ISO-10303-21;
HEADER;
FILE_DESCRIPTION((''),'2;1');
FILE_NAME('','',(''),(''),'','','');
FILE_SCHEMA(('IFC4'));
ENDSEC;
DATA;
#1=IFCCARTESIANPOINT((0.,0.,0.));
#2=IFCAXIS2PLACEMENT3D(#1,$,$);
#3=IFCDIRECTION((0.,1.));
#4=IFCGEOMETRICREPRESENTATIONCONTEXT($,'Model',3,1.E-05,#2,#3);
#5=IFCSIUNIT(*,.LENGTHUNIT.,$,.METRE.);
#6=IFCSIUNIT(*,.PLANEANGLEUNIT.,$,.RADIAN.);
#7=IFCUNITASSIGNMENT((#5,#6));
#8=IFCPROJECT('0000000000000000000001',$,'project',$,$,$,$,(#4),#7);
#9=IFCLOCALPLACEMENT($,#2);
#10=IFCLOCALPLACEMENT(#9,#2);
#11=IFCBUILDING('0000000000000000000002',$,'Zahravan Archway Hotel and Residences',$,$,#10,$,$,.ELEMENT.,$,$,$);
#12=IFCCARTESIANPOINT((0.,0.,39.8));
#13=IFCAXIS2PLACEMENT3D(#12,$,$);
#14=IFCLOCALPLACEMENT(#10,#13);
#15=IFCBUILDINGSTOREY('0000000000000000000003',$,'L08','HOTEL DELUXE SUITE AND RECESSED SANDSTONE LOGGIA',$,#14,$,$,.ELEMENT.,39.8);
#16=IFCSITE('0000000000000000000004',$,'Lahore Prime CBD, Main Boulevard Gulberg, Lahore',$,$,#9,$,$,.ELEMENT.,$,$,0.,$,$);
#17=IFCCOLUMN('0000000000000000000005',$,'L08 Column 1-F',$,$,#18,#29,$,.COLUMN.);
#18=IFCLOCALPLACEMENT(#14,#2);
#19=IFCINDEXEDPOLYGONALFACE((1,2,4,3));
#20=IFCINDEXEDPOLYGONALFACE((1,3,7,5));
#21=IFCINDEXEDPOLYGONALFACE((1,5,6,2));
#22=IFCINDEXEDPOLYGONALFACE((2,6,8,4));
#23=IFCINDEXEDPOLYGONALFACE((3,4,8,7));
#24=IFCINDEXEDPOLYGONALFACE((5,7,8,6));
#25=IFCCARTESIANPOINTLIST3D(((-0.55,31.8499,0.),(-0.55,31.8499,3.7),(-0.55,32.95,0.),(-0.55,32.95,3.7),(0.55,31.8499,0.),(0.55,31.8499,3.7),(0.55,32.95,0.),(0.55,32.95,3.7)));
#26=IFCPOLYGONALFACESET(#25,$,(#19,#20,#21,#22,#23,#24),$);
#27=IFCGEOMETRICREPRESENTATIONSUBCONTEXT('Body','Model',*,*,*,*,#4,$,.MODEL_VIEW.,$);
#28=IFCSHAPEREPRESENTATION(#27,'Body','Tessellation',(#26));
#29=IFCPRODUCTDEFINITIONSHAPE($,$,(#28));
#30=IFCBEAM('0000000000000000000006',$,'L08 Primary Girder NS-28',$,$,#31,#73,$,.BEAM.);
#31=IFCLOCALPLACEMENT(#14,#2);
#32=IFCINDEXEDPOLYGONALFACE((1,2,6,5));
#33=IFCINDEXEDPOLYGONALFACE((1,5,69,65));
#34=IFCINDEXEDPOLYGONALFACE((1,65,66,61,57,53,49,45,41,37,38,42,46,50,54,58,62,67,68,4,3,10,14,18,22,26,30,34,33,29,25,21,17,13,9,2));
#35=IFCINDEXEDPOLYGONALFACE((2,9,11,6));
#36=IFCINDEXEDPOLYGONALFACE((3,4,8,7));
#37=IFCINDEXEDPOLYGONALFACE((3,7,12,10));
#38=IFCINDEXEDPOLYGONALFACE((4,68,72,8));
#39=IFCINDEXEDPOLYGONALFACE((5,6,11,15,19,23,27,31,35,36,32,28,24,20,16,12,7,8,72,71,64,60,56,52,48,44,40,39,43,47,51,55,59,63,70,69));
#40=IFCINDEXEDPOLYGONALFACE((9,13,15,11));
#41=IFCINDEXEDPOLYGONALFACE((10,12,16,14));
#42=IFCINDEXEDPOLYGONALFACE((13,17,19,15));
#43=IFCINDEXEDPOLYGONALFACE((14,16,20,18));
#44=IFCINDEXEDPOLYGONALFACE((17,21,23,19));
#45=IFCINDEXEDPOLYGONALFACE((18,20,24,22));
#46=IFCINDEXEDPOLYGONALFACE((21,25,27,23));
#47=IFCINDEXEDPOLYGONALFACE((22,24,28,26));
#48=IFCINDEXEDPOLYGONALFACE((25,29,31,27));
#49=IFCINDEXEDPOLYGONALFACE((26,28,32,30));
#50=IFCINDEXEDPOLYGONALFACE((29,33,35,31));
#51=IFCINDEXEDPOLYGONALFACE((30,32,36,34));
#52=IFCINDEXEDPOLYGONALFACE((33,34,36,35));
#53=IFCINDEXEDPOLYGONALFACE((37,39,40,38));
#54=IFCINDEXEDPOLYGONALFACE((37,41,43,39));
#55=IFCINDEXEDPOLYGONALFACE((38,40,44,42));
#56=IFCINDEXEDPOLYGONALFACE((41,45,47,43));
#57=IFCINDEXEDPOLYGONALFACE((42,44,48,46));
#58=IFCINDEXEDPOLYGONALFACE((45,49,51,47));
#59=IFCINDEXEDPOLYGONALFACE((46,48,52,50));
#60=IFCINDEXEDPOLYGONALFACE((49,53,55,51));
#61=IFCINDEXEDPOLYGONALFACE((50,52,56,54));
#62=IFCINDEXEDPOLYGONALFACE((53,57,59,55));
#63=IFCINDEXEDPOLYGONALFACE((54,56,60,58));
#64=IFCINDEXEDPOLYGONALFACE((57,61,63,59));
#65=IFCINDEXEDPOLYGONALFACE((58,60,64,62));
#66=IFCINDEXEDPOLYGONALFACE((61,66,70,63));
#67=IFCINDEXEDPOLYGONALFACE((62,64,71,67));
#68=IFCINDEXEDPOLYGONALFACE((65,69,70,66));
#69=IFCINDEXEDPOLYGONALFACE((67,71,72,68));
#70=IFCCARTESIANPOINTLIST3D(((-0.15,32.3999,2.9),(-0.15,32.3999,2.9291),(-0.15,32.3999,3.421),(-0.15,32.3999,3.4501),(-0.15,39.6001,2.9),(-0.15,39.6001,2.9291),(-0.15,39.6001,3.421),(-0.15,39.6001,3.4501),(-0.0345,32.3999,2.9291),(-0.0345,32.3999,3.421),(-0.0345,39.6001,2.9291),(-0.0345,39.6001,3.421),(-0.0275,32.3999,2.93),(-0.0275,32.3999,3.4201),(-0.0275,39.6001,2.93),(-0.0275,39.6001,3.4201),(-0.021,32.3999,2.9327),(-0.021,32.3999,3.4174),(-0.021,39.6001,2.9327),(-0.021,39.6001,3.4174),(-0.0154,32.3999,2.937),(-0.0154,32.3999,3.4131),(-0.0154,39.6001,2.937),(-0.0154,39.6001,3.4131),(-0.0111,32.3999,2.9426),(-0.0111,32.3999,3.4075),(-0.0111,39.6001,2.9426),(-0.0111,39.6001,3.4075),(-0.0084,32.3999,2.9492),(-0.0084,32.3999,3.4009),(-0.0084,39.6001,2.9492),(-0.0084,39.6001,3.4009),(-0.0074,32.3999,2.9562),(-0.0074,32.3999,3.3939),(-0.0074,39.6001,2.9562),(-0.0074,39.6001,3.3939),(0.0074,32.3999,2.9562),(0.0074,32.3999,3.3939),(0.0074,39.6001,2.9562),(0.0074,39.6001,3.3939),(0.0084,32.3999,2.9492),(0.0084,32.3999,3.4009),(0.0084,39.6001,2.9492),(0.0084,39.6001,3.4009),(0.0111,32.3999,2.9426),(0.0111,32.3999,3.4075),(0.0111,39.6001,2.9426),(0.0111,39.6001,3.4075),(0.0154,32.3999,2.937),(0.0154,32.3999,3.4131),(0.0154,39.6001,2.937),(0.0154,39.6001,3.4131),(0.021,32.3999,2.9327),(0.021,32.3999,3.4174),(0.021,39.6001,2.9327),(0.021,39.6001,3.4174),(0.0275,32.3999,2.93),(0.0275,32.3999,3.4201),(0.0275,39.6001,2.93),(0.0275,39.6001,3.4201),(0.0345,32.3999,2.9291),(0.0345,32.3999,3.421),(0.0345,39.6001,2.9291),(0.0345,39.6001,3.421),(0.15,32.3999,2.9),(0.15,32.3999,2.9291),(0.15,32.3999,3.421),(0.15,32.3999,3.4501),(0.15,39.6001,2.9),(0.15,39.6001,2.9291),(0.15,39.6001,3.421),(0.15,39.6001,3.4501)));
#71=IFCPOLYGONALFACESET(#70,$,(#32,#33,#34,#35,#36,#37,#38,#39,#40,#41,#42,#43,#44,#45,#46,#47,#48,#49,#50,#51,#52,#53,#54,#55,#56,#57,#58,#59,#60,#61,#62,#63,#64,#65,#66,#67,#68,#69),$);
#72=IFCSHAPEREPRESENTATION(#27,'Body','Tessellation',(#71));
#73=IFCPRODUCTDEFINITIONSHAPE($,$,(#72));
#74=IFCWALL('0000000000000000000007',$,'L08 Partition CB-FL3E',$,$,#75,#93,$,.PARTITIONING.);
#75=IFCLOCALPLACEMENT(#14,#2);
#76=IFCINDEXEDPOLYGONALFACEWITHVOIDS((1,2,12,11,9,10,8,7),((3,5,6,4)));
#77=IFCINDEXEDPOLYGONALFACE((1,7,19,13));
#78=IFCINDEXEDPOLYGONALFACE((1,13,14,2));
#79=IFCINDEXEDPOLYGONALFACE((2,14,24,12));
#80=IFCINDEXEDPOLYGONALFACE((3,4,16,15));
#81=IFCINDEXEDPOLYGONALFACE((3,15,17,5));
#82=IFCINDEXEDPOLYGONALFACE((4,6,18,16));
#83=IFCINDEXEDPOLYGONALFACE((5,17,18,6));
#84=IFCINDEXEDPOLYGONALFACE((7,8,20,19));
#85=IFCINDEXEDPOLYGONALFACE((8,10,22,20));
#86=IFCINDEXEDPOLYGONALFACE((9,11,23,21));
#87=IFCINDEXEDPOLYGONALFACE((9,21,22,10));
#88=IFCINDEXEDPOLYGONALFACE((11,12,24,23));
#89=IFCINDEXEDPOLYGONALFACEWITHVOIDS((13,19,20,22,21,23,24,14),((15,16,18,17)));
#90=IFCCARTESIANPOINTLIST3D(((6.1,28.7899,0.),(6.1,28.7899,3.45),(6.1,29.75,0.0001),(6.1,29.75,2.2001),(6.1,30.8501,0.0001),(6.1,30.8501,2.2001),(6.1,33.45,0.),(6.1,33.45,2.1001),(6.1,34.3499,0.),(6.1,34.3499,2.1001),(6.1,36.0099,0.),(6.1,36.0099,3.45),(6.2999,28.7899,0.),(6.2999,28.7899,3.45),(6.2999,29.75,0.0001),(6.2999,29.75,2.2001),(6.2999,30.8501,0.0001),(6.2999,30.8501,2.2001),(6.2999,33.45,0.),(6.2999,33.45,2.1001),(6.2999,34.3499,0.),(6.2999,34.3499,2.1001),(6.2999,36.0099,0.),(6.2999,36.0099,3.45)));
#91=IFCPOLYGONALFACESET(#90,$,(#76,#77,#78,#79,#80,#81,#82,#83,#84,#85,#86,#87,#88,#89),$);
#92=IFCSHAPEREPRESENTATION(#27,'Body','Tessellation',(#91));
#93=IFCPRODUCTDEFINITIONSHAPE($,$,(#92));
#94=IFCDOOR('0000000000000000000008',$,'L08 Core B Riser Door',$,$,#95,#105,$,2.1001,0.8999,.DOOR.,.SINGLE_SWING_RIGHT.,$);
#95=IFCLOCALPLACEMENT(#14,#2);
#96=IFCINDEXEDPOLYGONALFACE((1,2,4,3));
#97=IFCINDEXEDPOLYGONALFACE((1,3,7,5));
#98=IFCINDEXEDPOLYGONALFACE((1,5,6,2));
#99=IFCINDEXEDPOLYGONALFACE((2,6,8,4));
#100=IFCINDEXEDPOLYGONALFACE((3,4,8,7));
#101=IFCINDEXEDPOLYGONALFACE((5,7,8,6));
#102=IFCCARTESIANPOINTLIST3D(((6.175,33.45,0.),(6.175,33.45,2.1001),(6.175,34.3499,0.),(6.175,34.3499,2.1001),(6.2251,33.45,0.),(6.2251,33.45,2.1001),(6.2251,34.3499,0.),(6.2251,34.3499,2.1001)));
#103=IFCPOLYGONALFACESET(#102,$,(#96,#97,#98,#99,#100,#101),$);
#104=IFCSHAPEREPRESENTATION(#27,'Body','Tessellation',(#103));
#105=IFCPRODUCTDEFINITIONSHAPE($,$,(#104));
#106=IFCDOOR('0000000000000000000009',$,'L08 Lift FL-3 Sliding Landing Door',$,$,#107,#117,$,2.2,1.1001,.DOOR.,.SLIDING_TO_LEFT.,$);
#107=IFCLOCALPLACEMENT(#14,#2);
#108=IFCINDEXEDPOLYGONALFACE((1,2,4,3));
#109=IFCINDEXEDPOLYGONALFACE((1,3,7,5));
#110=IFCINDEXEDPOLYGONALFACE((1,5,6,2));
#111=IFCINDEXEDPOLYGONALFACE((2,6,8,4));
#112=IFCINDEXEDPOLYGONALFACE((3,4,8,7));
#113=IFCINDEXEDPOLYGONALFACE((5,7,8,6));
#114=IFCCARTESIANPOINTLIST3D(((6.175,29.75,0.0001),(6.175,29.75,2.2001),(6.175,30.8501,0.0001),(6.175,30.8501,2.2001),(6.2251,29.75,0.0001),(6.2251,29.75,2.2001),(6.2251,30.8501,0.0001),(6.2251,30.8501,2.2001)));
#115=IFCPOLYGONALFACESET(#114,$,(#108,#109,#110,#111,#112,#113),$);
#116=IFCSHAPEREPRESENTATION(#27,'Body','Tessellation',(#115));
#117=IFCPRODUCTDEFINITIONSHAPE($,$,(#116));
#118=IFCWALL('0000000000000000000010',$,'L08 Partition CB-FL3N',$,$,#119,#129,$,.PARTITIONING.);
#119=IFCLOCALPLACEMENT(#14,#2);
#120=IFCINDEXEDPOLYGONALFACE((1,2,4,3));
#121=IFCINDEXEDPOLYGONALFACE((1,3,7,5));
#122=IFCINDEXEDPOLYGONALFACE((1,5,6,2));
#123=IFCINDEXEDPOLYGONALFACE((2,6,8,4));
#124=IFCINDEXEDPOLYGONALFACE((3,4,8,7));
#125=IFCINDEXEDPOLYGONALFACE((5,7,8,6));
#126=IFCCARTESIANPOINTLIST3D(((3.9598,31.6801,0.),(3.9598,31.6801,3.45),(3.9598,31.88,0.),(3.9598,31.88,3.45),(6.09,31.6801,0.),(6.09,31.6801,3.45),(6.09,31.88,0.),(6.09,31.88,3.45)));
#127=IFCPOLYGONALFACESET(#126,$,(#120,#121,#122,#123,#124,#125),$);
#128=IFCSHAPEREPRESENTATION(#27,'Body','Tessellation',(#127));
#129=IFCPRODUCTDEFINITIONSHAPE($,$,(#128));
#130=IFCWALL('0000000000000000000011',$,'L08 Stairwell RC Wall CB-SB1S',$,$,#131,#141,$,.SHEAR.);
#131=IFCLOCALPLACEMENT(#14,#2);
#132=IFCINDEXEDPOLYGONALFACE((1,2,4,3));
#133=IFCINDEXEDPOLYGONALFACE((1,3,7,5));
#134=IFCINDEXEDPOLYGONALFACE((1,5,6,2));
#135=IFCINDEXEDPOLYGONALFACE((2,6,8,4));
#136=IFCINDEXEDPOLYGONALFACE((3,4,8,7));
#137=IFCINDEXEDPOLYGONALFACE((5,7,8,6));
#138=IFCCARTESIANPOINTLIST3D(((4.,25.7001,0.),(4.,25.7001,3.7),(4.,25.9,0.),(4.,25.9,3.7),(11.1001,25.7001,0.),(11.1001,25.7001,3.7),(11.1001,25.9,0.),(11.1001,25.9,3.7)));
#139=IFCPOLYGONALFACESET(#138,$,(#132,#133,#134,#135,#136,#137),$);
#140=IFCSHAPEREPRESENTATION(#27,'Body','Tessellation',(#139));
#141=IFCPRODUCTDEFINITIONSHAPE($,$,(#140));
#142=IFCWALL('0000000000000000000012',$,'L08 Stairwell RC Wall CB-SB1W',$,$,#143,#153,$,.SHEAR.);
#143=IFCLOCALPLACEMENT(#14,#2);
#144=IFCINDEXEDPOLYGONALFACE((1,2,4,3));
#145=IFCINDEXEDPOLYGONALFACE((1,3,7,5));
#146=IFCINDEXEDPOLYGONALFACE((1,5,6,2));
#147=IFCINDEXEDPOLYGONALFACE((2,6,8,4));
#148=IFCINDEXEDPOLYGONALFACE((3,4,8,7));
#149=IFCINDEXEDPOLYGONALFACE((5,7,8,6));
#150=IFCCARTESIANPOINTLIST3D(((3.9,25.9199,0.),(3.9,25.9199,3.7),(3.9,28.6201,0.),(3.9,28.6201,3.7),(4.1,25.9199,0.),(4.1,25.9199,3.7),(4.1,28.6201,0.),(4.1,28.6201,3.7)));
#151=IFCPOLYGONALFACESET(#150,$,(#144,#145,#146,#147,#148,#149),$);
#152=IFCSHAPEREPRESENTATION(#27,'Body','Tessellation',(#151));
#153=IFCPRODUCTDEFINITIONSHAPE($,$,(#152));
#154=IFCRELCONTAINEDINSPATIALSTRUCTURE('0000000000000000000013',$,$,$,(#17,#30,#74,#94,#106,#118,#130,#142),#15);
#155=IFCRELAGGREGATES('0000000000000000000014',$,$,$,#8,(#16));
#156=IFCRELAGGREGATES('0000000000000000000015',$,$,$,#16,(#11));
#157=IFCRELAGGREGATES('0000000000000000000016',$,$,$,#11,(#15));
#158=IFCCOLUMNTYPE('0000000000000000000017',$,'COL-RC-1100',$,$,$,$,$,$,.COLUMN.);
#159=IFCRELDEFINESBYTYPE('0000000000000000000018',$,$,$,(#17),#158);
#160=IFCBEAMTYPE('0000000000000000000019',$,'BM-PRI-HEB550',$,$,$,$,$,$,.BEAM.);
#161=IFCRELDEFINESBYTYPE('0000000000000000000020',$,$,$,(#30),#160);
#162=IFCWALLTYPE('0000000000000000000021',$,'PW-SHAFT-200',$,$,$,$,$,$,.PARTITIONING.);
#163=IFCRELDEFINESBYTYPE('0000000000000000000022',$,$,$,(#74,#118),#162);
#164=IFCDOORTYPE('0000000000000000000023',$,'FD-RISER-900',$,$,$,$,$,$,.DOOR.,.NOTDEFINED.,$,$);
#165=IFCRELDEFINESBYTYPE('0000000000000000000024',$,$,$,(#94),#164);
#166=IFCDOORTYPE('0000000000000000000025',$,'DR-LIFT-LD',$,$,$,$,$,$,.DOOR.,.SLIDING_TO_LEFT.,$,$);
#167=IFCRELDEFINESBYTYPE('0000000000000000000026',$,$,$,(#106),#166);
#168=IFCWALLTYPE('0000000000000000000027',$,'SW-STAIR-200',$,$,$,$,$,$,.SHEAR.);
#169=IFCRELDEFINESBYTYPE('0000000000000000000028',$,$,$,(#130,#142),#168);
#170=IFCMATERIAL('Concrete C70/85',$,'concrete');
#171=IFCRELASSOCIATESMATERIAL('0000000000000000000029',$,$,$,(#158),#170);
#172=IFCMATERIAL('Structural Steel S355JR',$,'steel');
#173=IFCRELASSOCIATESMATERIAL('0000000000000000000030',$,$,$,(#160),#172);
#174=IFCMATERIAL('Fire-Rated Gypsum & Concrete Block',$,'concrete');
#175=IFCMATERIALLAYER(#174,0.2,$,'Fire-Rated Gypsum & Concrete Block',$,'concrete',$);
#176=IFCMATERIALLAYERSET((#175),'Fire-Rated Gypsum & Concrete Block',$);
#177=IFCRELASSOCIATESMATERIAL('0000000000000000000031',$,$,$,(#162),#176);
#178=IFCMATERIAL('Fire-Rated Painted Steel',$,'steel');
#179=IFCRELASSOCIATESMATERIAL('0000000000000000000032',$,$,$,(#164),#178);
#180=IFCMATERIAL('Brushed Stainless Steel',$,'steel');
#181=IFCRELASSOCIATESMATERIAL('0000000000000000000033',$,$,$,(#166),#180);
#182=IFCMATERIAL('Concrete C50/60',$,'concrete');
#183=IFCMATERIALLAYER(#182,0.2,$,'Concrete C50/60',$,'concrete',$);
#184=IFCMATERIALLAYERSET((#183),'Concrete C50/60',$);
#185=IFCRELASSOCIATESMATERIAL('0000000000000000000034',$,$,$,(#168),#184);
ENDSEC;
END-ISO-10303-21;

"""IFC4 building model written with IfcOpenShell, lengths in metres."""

from ifc_helpers import new_model, si_unit, direction, frame, frame_2d, origin, origin_2d, place, context, subcontext, project, spatial, rectangle, i_section, extrude, source, transform, mapped, material, layer, layer_set, material_profile, profile_set, type_object, type_shapes, element, fill, save


model = new_model("IFC4")

# Units and contexts
model_context = context("Model", 3, precision=1e-05, world=origin(), true_north=direction((0.0, 1.0)))
body_context = subcontext(model_context, "Body", "Model", "MODEL_VIEW")
ifc_project = project(units=[si_unit("LENGTHUNIT", "METRE"), si_unit("PLANEANGLEUNIT", "RADIAN")], contexts=[model_context])

# Site, building, storey
site_placement = place(None, origin())
site = spatial("IfcSite", under=ifc_project, at=site_placement, Name="Lahore Prime CBD, Main Boulevard Gulberg, Lahore", CompositionType="ELEMENT", RefElevation=0.0)
building_placement = place(site_placement, origin())
building = spatial("IfcBuilding", under=site, at=building_placement, Name="Zahravan Archway Hotel and Residences", CompositionType="ELEMENT")
storey_placement = place(building_placement, frame((0.0, 0.0, 39.8)))
storey = spatial("IfcBuildingStorey", under=building, at=storey_placement, Name="L08", Description="HOTEL DELUXE SUITE AND RECESSED SANDSTONE LOGGIA", CompositionType="ELEMENT", Elevation=39.8)

# Column
ifc_material_1 = material(Name="Concrete C70/85", Category="concrete")
ifc_material_profile_1 = material_profile(ifc_material_1, rectangle(XDim=1.1001, YDim=1.1001, at=origin_2d()), Name="RC 1100x1100", Category="concrete")
ifc_profile_set_1 = profile_set([ifc_material_profile_1], Name="Concrete C70/85")
column_type = type_object("IfcColumnType", Name="COL-RC-1100", PredefinedType="COLUMN", material=ifc_profile_set_1)
shared_shape_1 = source(origin(), body_context, "Body", "SweptSolid", [
    extrude(rectangle(XDim=1.1001, YDim=1.1001, at=origin_2d()), origin(), (0.0, 0.0, 1.0), 3.7),
])
column_placement = place(storey_placement, frame((0.0, 32.3999, 0.0), z_axis=(0.0, 0.0, 1.0), x_axis=(1.0, 0.0, 0.0)))
element("IfcColumn", 1, at=column_placement, inside=storey, type_object=column_type, Name="L08 Column 1-F", PredefinedType="COLUMN", context=body_context, shape_type="MappedRepresentation", body=[
    mapped(shared_shape_1, transform((0.0, 0.0, 0.0), scale=1.0)),
])

# Beam
ifc_material_2 = material(Name="Structural Steel S355JR", Category="steel")
ifc_material_profile_2 = material_profile(ifc_material_2, i_section(OverallWidth=0.3, OverallDepth=0.55, WebThickness=0.0149, FlangeThickness=0.0291, FilletRadius=0.0271, at=origin_2d()), Name="HEB 550", Category="steel")
ifc_profile_set_2 = profile_set([ifc_material_profile_2], Name="Structural Steel S355JR")
beam_type = type_object("IfcBeamType", Name="BM-PRI-HEB550", PredefinedType="BEAM", material=ifc_profile_set_2)
shared_shape_2 = source(origin(), body_context, "Body", "SweptSolid", [
    extrude(i_section(OverallWidth=0.3, OverallDepth=0.55, WebThickness=0.0149, FlangeThickness=0.0291, FilletRadius=0.0271, at=origin_2d()), origin(), (0.0, 0.0, 1.0), 7.2002),
])
type_shapes(beam_type, [shared_shape_2])
beam_placement = place(storey_placement, frame((0.0, 32.3999, 3.175), z_axis=(0.0, 1.0, 0.0), x_axis=(-1.0, 0.0, 0.0)))
element("IfcBeam", 2, at=beam_placement, inside=storey, type_object=beam_type, Name="L08 Primary Girder NS-28", PredefinedType="BEAM", context=body_context, shape_type="MappedRepresentation", body=[
    mapped(shared_shape_2, transform((0.0, 0.0, 0.0), scale=1.0)),
])

# Wall, openings, doors
ifc_material_3 = material(Name="Fire-Rated Gypsum & Concrete Block", Category="concrete")
ifc_layer_1 = layer(ifc_material_3, 0.2, Name="Fire-Rated Gypsum & Concrete Block", Category="concrete")
ifc_layer_set_1 = layer_set([ifc_layer_1], Name="Fire-Rated Gypsum & Concrete Block")
wall_type_1 = type_object("IfcWallType", Name="PW-SHAFT-200", PredefinedType="PARTITIONING", material=ifc_layer_set_1)
wall_1_placement = place(storey_placement, frame((6.2, 28.79, 0.0), z_axis=(0.0, 0.0, 1.0), x_axis=(0.0, 1.0, 0.0)))
wall_1 = element("IfcWall", 3, at=wall_1_placement, inside=storey, type_object=wall_type_1, Name="L08 Partition CB-FL3E", PredefinedType="PARTITIONING", context=body_context, shape_type="SweptSolid", body=[
    extrude(rectangle(XDim=7.22, YDim=0.2, at=frame_2d((3.6099, 0.0))), origin(), (0.0, 0.0, 1.0), 3.45),
])
opening_1_placement = place(wall_1_placement, frame((4.6599, 0.0, 0.0)))
opening_1 = element("IfcOpeningElement", 4, at=opening_1_placement, cuts=wall_1, PredefinedType="OPENING", context=body_context, shape_type="SweptSolid", body=[
    extrude(rectangle(XDim=0.8999, YDim=2.1001, at=frame_2d((0.45, 1.05))), frame((0.0, 0.1099, 0.0), z_axis=(0.0, -1.0, 0.0), x_axis=(1.0, 0.0, 0.0)), (0.0, 0.0, 1.0), 0.22),
])
opening_2_placement = place(wall_1_placement, frame((0.96, 0.0, 0.0)))
opening_2 = element("IfcOpeningElement", 5, at=opening_2_placement, cuts=wall_1, PredefinedType="OPENING", context=body_context, shape_type="SweptSolid", body=[
    extrude(rectangle(XDim=1.1001, YDim=2.2, at=frame_2d((0.55, 1.1001))), frame((0.0, 0.1099, 0.0), z_axis=(0.0, -1.0, 0.0), x_axis=(1.0, 0.0, 0.0)), (0.0, 0.0, 1.0), 0.22),
])
ifc_material_4 = material(Name="Fire-Rated Painted Steel", Category="steel")
door_type_1 = type_object("IfcDoorType", Name="FD-RISER-900", OperationType="NOTDEFINED", PredefinedType="DOOR", material=ifc_material_4)
shared_shape_3 = source(origin(), body_context, "Body", "SweptSolid", [
    extrude(rectangle(XDim=0.8999, YDim=2.1001, at=frame_2d((0.45, 1.05))), frame((0.0, 0.0249, 0.0), z_axis=(0.0, -1.0, 0.0), x_axis=(1.0, 0.0, 0.0)), (0.0, 0.0, 1.0), 0.05),
])
type_shapes(door_type_1, [shared_shape_3])
door_1_placement = place(opening_1_placement, origin())
door_1 = element("IfcDoor", 6, at=door_1_placement, inside=storey, type_object=door_type_1, Name="L08 Core B Riser Door", OperationType="SINGLE_SWING_RIGHT", OverallHeight=2.1001, OverallWidth=0.8999, PredefinedType="DOOR", context=body_context, shape_type="MappedRepresentation", body=[
    mapped(shared_shape_3, transform((0.0, 0.0, 0.0), scale=1.0)),
])
fill(opening_1, door_1)
ifc_material_5 = material(Name="Brushed Stainless Steel", Category="steel")
door_type_2 = type_object("IfcDoorType", Name="DR-LIFT-LD", OperationType="SLIDING_TO_LEFT", PredefinedType="DOOR", material=ifc_material_5)
shared_shape_4 = source(origin(), body_context, "Body", "SweptSolid", [
    extrude(rectangle(XDim=1.1001, YDim=2.2, at=frame_2d((0.55, 1.1001))), frame((0.0, 0.0249, 0.0), z_axis=(0.0, -1.0, 0.0), x_axis=(1.0, 0.0, 0.0)), (0.0, 0.0, 1.0), 0.05),
])
type_shapes(door_type_2, [shared_shape_4])
door_2_placement = place(opening_2_placement, origin())
door_2 = element("IfcDoor", 7, at=door_2_placement, inside=storey, type_object=door_type_2, Name="L08 Lift FL-3 Sliding Landing Door", OperationType="SLIDING_TO_LEFT", OverallHeight=2.2, OverallWidth=1.1001, PredefinedType="DOOR", context=body_context, shape_type="MappedRepresentation", body=[
    mapped(shared_shape_4, transform((0.0, 0.0, 0.0), scale=1.0)),
])
fill(opening_2, door_2)

# Walls
wall_2_placement = place(storey_placement, frame((3.96, 31.78, 0.0), z_axis=(0.0, 0.0, 1.0), x_axis=(1.0, 0.0, 0.0)))
element("IfcWall", 8, at=wall_2_placement, inside=storey, type_object=wall_type_1, Name="L08 Partition CB-FL3N", PredefinedType="PARTITIONING", context=body_context, shape_type="SweptSolid", body=[
    extrude(rectangle(XDim=2.1301, YDim=0.2, at=frame_2d((1.0649, 0.0))), origin(), (0.0, 0.0, 1.0), 3.45),
])
ifc_material_6 = material(Name="Concrete C50/60", Category="concrete")
ifc_layer_2 = layer(ifc_material_6, 0.2, Name="Concrete C50/60", Category="concrete")
ifc_layer_set_2 = layer_set([ifc_layer_2], Name="Concrete C50/60")
wall_type_2 = type_object("IfcWallType", Name="SW-STAIR-200", PredefinedType="SHEAR", material=ifc_layer_set_2)
wall_3_placement = place(storey_placement, frame((4.0, 25.8, 0.0), z_axis=(0.0, 0.0, 1.0), x_axis=(1.0, 0.0, 0.0)))
element("IfcWall", 9, at=wall_3_placement, inside=storey, type_object=wall_type_2, Name="L08 Stairwell RC Wall CB-SB1S", PredefinedType="SHEAR", context=body_context, shape_type="SweptSolid", body=[
    extrude(rectangle(XDim=7.1001, YDim=0.2, at=frame_2d((3.55, 0.0))), origin(), (0.0, 0.0, 1.0), 3.7),
])
wall_4_placement = place(storey_placement, frame((4.0, 25.9199, 0.0), z_axis=(0.0, 0.0, 1.0), x_axis=(0.0, 1.0, 0.0)))
element("IfcWall", 10, at=wall_4_placement, inside=storey, type_object=wall_type_2, Name="L08 Stairwell RC Wall CB-SB1W", PredefinedType="SHEAR", context=body_context, shape_type="SweptSolid", body=[
    extrude(rectangle(XDim=2.7002, YDim=0.2, at=frame_2d((1.3501, 0.0))), origin(), (0.0, 0.0, 1.0), 3.7),
])

save(model, "model.ifc")
